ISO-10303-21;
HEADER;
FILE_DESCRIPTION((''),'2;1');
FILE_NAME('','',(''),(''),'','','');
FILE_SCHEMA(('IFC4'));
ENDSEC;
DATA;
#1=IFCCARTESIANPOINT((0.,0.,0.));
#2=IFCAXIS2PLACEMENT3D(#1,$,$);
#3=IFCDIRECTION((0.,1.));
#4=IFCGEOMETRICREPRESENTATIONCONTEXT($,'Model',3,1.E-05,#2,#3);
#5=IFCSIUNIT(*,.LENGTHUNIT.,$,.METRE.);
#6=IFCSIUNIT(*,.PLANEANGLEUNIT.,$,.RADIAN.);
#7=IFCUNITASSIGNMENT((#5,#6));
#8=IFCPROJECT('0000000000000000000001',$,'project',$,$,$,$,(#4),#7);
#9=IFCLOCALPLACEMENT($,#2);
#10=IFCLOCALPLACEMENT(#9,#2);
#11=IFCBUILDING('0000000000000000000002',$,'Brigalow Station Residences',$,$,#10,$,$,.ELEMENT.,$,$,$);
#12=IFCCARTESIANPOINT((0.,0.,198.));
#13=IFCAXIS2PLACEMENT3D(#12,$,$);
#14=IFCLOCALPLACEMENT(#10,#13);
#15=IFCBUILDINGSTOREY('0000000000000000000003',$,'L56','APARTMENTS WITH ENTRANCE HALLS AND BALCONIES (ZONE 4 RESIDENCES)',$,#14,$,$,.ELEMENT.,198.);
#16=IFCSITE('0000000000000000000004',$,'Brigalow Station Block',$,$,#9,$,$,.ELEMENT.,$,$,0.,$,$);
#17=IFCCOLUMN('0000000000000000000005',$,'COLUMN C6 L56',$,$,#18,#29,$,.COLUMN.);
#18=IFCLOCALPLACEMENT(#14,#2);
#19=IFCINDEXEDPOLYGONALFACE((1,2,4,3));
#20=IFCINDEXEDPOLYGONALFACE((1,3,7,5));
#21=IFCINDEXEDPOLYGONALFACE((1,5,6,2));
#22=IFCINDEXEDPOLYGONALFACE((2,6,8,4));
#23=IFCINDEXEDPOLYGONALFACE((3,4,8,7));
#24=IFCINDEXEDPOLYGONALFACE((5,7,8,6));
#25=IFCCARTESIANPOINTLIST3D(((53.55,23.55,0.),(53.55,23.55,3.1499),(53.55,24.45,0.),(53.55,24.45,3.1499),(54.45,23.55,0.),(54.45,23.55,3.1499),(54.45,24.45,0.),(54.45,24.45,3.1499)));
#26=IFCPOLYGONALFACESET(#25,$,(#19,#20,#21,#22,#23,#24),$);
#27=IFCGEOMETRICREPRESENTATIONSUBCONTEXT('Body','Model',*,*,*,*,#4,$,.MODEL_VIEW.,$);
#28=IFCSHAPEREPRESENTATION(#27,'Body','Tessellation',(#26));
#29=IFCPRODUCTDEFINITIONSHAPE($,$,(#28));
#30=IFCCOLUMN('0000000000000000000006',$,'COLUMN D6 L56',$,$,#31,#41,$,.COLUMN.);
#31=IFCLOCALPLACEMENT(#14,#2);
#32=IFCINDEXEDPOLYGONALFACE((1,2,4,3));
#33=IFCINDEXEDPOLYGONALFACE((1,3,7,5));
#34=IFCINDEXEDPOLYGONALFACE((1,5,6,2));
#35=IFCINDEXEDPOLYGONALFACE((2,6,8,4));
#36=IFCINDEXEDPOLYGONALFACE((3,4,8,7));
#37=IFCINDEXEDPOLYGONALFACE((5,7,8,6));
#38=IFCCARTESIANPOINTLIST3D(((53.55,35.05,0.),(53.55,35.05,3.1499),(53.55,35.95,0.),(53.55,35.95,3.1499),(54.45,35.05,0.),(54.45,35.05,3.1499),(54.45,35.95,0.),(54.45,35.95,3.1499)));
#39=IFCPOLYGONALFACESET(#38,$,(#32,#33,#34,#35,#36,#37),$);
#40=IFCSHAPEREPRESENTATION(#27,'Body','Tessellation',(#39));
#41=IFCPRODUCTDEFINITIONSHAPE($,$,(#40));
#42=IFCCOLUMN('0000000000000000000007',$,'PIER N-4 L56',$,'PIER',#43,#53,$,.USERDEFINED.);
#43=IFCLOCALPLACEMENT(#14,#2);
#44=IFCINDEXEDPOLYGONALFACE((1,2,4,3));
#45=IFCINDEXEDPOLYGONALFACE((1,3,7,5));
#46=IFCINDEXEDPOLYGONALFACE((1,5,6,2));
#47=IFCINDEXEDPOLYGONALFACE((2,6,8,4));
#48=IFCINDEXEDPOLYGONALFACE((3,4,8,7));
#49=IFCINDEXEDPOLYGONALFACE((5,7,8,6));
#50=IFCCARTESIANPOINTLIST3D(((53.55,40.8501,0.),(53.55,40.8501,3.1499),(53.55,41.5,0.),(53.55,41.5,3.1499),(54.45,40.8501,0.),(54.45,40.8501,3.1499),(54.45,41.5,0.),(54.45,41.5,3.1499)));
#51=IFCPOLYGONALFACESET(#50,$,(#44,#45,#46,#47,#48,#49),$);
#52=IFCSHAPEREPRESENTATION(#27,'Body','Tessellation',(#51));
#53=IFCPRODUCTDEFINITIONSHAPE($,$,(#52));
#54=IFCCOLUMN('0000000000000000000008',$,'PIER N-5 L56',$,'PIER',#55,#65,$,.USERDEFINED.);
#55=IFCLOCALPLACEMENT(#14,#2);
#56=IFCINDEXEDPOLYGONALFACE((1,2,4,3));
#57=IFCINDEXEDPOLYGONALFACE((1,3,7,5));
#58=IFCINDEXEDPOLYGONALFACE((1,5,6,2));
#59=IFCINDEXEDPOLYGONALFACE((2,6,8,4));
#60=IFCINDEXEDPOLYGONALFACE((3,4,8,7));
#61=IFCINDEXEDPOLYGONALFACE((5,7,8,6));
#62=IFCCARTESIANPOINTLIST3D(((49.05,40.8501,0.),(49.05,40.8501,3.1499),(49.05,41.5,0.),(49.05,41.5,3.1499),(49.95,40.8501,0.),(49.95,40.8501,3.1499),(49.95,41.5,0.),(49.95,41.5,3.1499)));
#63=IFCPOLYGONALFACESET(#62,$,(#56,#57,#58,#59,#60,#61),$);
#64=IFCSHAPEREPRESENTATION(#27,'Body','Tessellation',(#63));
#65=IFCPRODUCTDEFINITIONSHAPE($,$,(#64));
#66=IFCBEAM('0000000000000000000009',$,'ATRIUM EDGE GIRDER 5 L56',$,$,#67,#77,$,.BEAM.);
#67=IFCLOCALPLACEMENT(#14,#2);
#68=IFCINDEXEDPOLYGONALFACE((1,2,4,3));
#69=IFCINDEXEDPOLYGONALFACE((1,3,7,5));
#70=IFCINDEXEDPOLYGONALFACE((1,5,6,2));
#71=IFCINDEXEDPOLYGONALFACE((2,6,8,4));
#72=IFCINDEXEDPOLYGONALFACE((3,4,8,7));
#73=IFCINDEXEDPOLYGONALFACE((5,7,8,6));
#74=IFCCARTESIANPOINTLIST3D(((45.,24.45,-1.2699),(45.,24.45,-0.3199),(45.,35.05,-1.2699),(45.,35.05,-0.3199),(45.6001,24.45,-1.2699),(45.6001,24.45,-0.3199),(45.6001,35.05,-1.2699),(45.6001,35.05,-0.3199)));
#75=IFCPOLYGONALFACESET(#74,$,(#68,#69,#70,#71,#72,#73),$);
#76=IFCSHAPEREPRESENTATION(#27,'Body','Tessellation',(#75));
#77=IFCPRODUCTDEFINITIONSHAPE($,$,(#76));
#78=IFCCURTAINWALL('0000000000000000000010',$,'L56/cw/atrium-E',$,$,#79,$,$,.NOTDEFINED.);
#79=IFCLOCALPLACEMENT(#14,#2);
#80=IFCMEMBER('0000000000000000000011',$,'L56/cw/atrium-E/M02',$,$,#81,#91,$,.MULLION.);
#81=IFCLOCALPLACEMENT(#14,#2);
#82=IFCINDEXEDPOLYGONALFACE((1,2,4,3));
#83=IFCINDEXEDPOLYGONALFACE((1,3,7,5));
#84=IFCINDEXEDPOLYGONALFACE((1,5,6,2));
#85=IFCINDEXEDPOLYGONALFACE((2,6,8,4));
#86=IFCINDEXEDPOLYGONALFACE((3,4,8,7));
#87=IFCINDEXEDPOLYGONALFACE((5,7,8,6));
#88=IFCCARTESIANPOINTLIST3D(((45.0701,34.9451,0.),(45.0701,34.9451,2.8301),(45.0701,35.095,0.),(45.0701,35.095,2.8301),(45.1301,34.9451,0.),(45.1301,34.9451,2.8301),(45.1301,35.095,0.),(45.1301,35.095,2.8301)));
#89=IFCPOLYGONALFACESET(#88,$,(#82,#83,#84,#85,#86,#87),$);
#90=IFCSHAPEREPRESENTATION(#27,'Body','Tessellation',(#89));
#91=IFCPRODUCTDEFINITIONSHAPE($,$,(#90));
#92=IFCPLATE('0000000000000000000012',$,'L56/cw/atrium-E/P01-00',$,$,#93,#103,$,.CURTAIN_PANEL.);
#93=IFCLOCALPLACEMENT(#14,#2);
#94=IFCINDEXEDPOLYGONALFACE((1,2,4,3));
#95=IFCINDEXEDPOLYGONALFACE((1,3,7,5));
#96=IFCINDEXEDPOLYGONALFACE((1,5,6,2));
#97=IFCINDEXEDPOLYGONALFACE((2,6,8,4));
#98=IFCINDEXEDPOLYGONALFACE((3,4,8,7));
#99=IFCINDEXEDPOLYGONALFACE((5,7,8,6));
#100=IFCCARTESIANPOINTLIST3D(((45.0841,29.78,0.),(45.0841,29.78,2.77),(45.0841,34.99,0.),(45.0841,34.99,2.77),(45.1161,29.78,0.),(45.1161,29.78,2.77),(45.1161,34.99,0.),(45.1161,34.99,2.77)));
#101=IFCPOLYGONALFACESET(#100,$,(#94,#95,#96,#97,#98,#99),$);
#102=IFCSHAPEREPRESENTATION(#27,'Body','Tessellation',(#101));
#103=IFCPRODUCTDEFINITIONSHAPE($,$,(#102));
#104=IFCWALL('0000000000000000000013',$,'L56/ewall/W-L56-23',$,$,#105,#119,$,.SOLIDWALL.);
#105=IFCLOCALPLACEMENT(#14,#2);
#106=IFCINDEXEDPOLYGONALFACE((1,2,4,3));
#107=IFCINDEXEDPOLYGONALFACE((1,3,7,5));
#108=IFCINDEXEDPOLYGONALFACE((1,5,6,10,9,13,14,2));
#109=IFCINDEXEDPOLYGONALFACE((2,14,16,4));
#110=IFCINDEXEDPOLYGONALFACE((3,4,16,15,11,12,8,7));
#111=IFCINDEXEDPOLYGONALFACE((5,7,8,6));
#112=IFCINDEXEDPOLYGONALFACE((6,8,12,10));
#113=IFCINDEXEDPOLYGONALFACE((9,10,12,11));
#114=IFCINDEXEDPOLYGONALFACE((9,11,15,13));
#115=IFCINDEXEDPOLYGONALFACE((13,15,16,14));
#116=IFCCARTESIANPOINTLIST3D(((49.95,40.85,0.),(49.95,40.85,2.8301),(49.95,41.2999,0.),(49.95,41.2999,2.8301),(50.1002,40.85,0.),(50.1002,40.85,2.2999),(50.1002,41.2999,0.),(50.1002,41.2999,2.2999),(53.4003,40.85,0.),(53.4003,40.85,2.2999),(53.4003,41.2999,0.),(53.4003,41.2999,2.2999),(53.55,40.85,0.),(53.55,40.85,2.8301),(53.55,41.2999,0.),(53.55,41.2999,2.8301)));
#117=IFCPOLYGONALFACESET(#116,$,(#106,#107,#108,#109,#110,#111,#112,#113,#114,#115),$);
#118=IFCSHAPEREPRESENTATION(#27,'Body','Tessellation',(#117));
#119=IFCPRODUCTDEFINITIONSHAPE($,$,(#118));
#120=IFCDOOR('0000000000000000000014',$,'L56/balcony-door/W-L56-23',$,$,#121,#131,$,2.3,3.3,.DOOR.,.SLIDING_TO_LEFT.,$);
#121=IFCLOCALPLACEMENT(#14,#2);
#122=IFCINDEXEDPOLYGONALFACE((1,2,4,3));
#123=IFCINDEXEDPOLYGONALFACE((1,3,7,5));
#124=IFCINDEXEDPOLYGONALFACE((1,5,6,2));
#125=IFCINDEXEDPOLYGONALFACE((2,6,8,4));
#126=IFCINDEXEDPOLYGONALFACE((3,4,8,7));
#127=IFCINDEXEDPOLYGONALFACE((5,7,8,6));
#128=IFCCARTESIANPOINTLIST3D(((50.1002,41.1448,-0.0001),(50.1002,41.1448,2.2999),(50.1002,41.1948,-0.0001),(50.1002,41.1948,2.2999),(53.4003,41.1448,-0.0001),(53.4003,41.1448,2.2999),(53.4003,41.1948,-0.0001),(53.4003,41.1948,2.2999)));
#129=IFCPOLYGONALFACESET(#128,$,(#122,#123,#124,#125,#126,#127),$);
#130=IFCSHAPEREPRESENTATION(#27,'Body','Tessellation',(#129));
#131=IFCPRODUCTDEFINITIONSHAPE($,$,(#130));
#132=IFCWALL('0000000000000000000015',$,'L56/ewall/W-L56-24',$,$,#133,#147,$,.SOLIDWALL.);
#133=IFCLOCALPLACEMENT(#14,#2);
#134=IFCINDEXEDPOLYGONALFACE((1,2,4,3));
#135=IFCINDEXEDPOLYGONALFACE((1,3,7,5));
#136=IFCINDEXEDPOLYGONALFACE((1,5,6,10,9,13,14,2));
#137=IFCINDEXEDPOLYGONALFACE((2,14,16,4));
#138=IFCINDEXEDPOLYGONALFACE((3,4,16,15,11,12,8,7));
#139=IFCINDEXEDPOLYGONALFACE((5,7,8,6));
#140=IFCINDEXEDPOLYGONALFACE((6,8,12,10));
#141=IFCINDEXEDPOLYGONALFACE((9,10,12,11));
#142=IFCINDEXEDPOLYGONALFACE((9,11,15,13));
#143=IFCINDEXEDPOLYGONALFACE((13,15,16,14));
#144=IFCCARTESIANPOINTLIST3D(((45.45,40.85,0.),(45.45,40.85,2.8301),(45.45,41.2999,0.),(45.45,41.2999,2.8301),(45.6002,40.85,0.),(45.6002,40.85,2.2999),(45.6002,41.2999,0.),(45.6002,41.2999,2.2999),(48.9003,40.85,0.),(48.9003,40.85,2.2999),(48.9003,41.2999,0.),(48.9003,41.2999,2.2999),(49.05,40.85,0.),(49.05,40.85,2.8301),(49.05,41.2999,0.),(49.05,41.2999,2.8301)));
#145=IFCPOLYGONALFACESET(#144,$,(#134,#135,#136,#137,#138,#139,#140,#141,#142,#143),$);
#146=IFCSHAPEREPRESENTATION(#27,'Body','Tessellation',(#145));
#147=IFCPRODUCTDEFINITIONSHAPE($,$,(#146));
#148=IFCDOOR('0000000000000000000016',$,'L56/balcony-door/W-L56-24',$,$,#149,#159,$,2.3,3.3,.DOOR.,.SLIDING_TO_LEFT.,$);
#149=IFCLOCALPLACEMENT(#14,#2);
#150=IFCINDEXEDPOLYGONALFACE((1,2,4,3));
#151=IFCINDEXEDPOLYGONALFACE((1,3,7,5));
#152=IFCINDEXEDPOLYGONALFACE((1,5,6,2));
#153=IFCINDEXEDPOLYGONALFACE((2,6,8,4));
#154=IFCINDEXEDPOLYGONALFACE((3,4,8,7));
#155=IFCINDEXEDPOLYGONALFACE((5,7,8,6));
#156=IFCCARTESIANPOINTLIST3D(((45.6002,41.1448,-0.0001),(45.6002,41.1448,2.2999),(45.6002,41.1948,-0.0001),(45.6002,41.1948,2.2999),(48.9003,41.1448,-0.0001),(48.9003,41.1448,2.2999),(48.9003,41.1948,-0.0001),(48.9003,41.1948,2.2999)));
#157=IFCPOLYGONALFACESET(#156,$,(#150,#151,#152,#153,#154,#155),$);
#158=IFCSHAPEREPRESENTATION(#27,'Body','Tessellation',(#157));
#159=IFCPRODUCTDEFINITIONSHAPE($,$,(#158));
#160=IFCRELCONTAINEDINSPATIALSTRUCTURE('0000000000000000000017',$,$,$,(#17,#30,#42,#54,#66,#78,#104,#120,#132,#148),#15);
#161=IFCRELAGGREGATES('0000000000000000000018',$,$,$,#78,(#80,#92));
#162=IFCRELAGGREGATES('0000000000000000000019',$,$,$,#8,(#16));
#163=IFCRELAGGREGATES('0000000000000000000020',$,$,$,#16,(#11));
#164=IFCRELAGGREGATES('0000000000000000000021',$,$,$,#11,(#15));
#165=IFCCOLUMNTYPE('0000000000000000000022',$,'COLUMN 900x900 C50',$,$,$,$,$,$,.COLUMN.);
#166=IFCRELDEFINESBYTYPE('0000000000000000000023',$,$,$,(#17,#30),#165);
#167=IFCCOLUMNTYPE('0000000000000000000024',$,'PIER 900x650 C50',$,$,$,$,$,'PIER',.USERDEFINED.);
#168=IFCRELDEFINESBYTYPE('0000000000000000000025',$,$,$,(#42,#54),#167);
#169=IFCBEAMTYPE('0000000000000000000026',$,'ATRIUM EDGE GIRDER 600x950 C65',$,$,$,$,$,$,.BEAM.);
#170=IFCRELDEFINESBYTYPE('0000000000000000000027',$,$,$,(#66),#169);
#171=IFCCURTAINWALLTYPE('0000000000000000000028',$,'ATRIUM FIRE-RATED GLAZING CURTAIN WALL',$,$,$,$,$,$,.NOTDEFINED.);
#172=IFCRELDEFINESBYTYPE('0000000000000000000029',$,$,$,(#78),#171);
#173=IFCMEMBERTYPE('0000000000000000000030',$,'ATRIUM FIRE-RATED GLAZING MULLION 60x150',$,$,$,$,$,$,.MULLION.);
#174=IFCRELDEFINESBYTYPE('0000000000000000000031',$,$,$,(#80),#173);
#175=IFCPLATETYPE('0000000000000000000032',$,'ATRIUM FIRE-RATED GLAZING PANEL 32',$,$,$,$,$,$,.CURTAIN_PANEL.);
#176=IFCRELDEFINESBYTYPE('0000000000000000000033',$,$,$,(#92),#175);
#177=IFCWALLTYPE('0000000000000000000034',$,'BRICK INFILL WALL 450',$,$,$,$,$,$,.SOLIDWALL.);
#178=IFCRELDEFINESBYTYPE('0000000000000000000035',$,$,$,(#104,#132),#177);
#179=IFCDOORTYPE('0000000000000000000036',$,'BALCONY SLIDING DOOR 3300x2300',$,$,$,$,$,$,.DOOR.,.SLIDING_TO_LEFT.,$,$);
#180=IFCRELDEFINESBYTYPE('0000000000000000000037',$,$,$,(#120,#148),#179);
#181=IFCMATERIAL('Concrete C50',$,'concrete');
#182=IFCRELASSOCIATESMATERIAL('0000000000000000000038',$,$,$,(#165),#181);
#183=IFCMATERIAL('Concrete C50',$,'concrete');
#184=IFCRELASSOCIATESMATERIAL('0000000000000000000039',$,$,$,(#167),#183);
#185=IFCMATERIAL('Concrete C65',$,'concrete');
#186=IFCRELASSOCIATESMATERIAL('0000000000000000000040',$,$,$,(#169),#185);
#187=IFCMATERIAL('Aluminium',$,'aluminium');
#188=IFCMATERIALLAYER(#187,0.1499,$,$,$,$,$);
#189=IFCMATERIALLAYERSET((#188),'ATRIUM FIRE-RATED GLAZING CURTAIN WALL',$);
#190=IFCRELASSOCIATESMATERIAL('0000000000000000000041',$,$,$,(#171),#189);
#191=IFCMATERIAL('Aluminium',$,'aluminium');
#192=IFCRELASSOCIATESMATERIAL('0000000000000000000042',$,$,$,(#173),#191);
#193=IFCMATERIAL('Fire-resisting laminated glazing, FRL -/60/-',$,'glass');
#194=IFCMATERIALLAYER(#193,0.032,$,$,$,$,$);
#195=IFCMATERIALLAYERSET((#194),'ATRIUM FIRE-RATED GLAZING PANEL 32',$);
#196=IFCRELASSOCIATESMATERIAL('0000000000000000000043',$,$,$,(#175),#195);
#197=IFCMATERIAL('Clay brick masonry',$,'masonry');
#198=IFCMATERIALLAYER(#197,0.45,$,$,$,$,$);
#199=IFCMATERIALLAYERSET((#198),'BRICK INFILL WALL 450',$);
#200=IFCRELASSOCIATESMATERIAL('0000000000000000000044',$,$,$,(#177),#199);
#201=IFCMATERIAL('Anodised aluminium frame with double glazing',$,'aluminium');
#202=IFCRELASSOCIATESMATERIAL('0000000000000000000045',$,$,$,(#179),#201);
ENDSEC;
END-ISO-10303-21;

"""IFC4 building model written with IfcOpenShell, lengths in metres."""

from ifc_helpers import new_model, si_unit, direction, frame, frame_2d, origin, origin_2d, place, context, subcontext, project, spatial, rectangle, extrude, material, layer, layer_set, material_profile, profile_set, type_object, element, fill, aggregate, save


model = new_model("IFC4")

# Units and contexts
model_context = context("Model", 3, precision=1e-05, world=origin(), true_north=direction((0.0, 1.0)))
body_context = subcontext(model_context, "Body", "Model", "MODEL_VIEW")
ifc_project = project(units=[si_unit("LENGTHUNIT", "METRE"), si_unit("PLANEANGLEUNIT", "RADIAN")], contexts=[model_context])

# Site, building, storey
site_placement = place(None, origin())
site = spatial("IfcSite", under=ifc_project, at=site_placement, Name="Brigalow Station Block", CompositionType="ELEMENT", RefElevation=0.0)
building_placement = place(site_placement, origin())
building = spatial("IfcBuilding", under=site, at=building_placement, Name="Brigalow Station Residences", CompositionType="ELEMENT")
storey_placement = place(building_placement, frame((0.0, 0.0, 198.0)))
storey = spatial("IfcBuildingStorey", under=building, at=storey_placement, Name="L56", Description="APARTMENTS WITH ENTRANCE HALLS AND BALCONIES (ZONE 4 RESIDENCES)", CompositionType="ELEMENT", Elevation=198.0)

# Columns
ifc_material_1 = material(Name="Concrete C50", Category="concrete")
ifc_material_profile_1 = material_profile(ifc_material_1, rectangle(XDim=0.8999, YDim=0.8999, at=origin_2d()), Name="RC900x900")
ifc_profile_set_1 = profile_set([ifc_material_profile_1], Name="Concrete C50")
column_type_1 = type_object("IfcColumnType", Name="COLUMN 900x900 C50", PredefinedType="COLUMN", material=ifc_profile_set_1)
for number, where, z_axis, x_axis, name in (
    (1, (54.0, 24.0, 0.0), (0.0, 0.0, 1.0), (1.0, 0.0, 0.0), "COLUMN C6 L56"),
    (2, (54.0, 35.5, 0.0), (0.0, 0.0, 1.0), (1.0, 0.0, 0.0), "COLUMN D6 L56"),
):
    element("IfcColumn", number, at=place(storey_placement, frame(where, z_axis=z_axis, x_axis=x_axis)), inside=storey, type_object=column_type_1, Name=name, PredefinedType="COLUMN", context=body_context, shape_type="SweptSolid", body=[
        extrude(rectangle(XDim=0.8999, YDim=0.8999, at=origin_2d()), origin(), (0.0, 0.0, 1.0), 3.1499),
    ])
ifc_material_2 = material(Name="Concrete C50", Category="concrete")
ifc_material_profile_2 = material_profile(ifc_material_2, rectangle(XDim=0.8999, YDim=0.6499, at=origin_2d()), Name="RC900x650")
ifc_profile_set_2 = profile_set([ifc_material_profile_2], Name="Concrete C50")
column_type_2 = type_object("IfcColumnType", Name="PIER 900x650 C50", ElementType="PIER", PredefinedType="USERDEFINED", material=ifc_profile_set_2)
for number, where, z_axis, x_axis, name in (
    (3, (54.0, 41.175, 0.0), (0.0, 0.0, 1.0), (-1.0, 0.0, 0.0), "PIER N-4 L56"),
    (4, (49.5, 41.175, 0.0), (0.0, 0.0, 1.0), (-1.0, 0.0, 0.0), "PIER N-5 L56"),
):
    element("IfcColumn", number, at=place(storey_placement, frame(where, z_axis=z_axis, x_axis=x_axis)), inside=storey, type_object=column_type_2, Name=name, ObjectType="PIER", PredefinedType="USERDEFINED", context=body_context, shape_type="SweptSolid", body=[
        extrude(rectangle(XDim=0.8999, YDim=0.6499, at=origin_2d()), origin(), (0.0, 0.0, 1.0), 3.1499),
    ])

# Beam
ifc_material_3 = material(Name="Concrete C65", Category="concrete")
ifc_material_profile_3 = material_profile(ifc_material_3, rectangle(XDim=0.6001, YDim=0.95, at=origin_2d()), Name="RC600x950")
ifc_profile_set_3 = profile_set([ifc_material_profile_3], Name="Concrete C65")
beam_type = type_object("IfcBeamType", Name="ATRIUM EDGE GIRDER 600x950 C65", PredefinedType="BEAM", material=ifc_profile_set_3)
beam_placement = place(storey_placement, frame((45.3, 24.45, -0.7949), z_axis=(0.0, 1.0, 0.0), x_axis=(-1.0, 0.0, 0.0)))
element("IfcBeam", 5, at=beam_placement, inside=storey, type_object=beam_type, Name="ATRIUM EDGE GIRDER 5 L56", PredefinedType="BEAM", context=body_context, shape_type="SweptSolid", body=[
    extrude(rectangle(XDim=0.6001, YDim=0.95, at=origin_2d()), origin(), (0.0, 0.0, 1.0), 10.6001),
])

# Curtain wall, member, plate
ifc_material_4 = material(Name="Aluminium", Category="aluminium")
ifc_layer_1 = layer(ifc_material_4, 0.1499)
ifc_layer_set_1 = layer_set([ifc_layer_1], Name="ATRIUM FIRE-RATED GLAZING CURTAIN WALL")
curtain_wall_type = type_object("IfcCurtainWallType", Name="ATRIUM FIRE-RATED GLAZING CURTAIN WALL", PredefinedType="NOTDEFINED", material=ifc_layer_set_1)
curtain_wall_placement = place(storey_placement, origin())
curtain_wall = element("IfcCurtainWall", 6, at=curtain_wall_placement, inside=storey, type_object=curtain_wall_type, Name="L56/cw/atrium-E", PredefinedType="NOTDEFINED")
ifc_material_5 = material(Name="Aluminium", Category="aluminium")
ifc_material_profile_4 = material_profile(ifc_material_5, rectangle(XDim=0.0601, YDim=0.1499, at=origin_2d()), Name="ATRIUM FIRE-RATED GLAZING MULLION 60x150")
ifc_profile_set_4 = profile_set([ifc_material_profile_4], Name="Aluminium")
member_type = type_object("IfcMemberType", Name="ATRIUM FIRE-RATED GLAZING MULLION 60x150", PredefinedType="MULLION", material=ifc_profile_set_4)
member_placement = place(storey_placement, frame((45.1001, 35.02, 0.0), z_axis=(0.0, 0.0, 1.0), x_axis=(-1.0, 0.0, 0.0)))
member = element("IfcMember", 7, at=member_placement, type_object=member_type, Name="L56/cw/atrium-E/M02", PredefinedType="MULLION", context=body_context, shape_type="SweptSolid", body=[
    extrude(rectangle(XDim=0.0601, YDim=0.1499, at=origin_2d()), origin(), (0.0, 0.0, 1.0), 2.8301),
])
ifc_material_6 = material(Name="Fire-resisting laminated glazing, FRL -/60/-", Category="glass")
ifc_layer_2 = layer(ifc_material_6, 0.032)
ifc_layer_set_2 = layer_set([ifc_layer_2], Name="ATRIUM FIRE-RATED GLAZING PANEL 32")
plate_type = type_object("IfcPlateType", Name="ATRIUM FIRE-RATED GLAZING PANEL 32", PredefinedType="CURTAIN_PANEL", material=ifc_layer_set_2)
plate_placement = place(storey_placement, frame((45.1001, 32.385, 0.0), z_axis=(0.0, 0.0, 1.0), x_axis=(0.0, 1.0, 0.0)))
plate = element("IfcPlate", 8, at=plate_placement, type_object=plate_type, Name="L56/cw/atrium-E/P01-00", PredefinedType="CURTAIN_PANEL", context=body_context, shape_type="SweptSolid", body=[
    extrude(rectangle(XDim=5.21, YDim=0.032, at=origin_2d()), origin(), (0.0, 0.0, 1.0), 2.77),
])
aggregate(curtain_wall, [member, plate])

# Walls, openings, doors
ifc_material_7 = material(Name="Clay brick masonry", Category="masonry")
ifc_layer_3 = layer(ifc_material_7, 0.45)
ifc_layer_set_3 = layer_set([ifc_layer_3], Name="BRICK INFILL WALL 450")
wall_type_1 = type_object("IfcWallType", Name="BRICK INFILL WALL 450", PredefinedType="SOLIDWALL", material=ifc_layer_set_3)
wall_1_placement = place(storey_placement, frame((53.55, 41.075, 0.0), z_axis=(0.0, 0.0, 1.0), x_axis=(-1.0, 0.0, 0.0)))
wall_1 = element("IfcWall", 9, at=wall_1_placement, inside=storey, type_object=wall_type_1, Name="L56/ewall/W-L56-23", PredefinedType="SOLIDWALL", context=body_context, shape_type="SweptSolid", body=[
    extrude(rectangle(XDim=3.6001, YDim=0.45, at=frame_2d((1.8, 0.0))), origin(), (0.0, 0.0, 1.0), 2.8301),
])
opening_1_placement = place(wall_1_placement, frame((0.1499, 0.0, 0.0)))
opening_1 = element("IfcOpeningElement", 10, at=opening_1_placement, cuts=wall_1, PredefinedType="OPENING", context=body_context, shape_type="SweptSolid", body=[
    extrude(rectangle(XDim=3.3, YDim=2.3, at=frame_2d((1.6499, 1.1499))), frame((0.0, 0.2349, 0.0), z_axis=(0.0, -1.0, 0.0), x_axis=(1.0, 0.0, 0.0)), (0.0, 0.0, 1.0), 0.47),
])
ifc_material_8 = material(Name="Anodised aluminium frame with double glazing", Category="aluminium")
door_type_1 = type_object("IfcDoorType", Name="BALCONY SLIDING DOOR 3300x2300", OperationType="SLIDING_TO_LEFT", PredefinedType="DOOR", material=ifc_material_8)
door_1_placement = place(opening_1_placement, origin())
door_1 = element("IfcDoor", 11, at=door_1_placement, inside=storey, type_object=door_type_1, Name="L56/balcony-door/W-L56-23", OperationType="SLIDING_TO_LEFT", OverallHeight=2.3, OverallWidth=3.3, PredefinedType="DOOR", context=body_context, shape_type="SweptSolid", body=[
    extrude(rectangle(XDim=3.3, YDim=2.3, at=frame_2d((1.6499, 1.1499))), frame((0.0, -0.0698, 0.0), z_axis=(0.0, -1.0, 0.0), x_axis=(1.0, 0.0, 0.0)), (0.0, 0.0, 1.0), 0.05),
])
fill(opening_1, door_1)
wall_2_placement = place(storey_placement, frame((49.05, 41.075, 0.0), z_axis=(0.0, 0.0, 1.0), x_axis=(-1.0, 0.0, 0.0)))
wall_2 = element("IfcWall", 12, at=wall_2_placement, inside=storey, type_object=wall_type_1, Name="L56/ewall/W-L56-24", PredefinedType="SOLIDWALL", context=body_context, shape_type="SweptSolid", body=[
    extrude(rectangle(XDim=3.6001, YDim=0.45, at=frame_2d((1.8, 0.0))), origin(), (0.0, 0.0, 1.0), 2.8301),
])
opening_2_placement = place(wall_2_placement, frame((0.1499, 0.0, 0.0)))
opening_2 = element("IfcOpeningElement", 13, at=opening_2_placement, cuts=wall_2, PredefinedType="OPENING", context=body_context, shape_type="SweptSolid", body=[
    extrude(rectangle(XDim=3.3, YDim=2.3, at=frame_2d((1.6499, 1.1499))), frame((0.0, 0.2349, 0.0), z_axis=(0.0, -1.0, 0.0), x_axis=(1.0, 0.0, 0.0)), (0.0, 0.0, 1.0), 0.47),
])
door_2_placement = place(opening_2_placement, origin())
door_2 = element("IfcDoor", 14, at=door_2_placement, inside=storey, type_object=door_type_1, Name="L56/balcony-door/W-L56-24", OperationType="SLIDING_TO_LEFT", OverallHeight=2.3, OverallWidth=3.3, PredefinedType="DOOR", context=body_context, shape_type="SweptSolid", body=[
    extrude(rectangle(XDim=3.3, YDim=2.3, at=frame_2d((1.6499, 1.1499))), frame((0.0, -0.0698, 0.0), z_axis=(0.0, -1.0, 0.0), x_axis=(1.0, 0.0, 0.0)), (0.0, 0.0, 1.0), 0.05),
])
fill(opening_2, door_2)

save(model, "model.ifc")
